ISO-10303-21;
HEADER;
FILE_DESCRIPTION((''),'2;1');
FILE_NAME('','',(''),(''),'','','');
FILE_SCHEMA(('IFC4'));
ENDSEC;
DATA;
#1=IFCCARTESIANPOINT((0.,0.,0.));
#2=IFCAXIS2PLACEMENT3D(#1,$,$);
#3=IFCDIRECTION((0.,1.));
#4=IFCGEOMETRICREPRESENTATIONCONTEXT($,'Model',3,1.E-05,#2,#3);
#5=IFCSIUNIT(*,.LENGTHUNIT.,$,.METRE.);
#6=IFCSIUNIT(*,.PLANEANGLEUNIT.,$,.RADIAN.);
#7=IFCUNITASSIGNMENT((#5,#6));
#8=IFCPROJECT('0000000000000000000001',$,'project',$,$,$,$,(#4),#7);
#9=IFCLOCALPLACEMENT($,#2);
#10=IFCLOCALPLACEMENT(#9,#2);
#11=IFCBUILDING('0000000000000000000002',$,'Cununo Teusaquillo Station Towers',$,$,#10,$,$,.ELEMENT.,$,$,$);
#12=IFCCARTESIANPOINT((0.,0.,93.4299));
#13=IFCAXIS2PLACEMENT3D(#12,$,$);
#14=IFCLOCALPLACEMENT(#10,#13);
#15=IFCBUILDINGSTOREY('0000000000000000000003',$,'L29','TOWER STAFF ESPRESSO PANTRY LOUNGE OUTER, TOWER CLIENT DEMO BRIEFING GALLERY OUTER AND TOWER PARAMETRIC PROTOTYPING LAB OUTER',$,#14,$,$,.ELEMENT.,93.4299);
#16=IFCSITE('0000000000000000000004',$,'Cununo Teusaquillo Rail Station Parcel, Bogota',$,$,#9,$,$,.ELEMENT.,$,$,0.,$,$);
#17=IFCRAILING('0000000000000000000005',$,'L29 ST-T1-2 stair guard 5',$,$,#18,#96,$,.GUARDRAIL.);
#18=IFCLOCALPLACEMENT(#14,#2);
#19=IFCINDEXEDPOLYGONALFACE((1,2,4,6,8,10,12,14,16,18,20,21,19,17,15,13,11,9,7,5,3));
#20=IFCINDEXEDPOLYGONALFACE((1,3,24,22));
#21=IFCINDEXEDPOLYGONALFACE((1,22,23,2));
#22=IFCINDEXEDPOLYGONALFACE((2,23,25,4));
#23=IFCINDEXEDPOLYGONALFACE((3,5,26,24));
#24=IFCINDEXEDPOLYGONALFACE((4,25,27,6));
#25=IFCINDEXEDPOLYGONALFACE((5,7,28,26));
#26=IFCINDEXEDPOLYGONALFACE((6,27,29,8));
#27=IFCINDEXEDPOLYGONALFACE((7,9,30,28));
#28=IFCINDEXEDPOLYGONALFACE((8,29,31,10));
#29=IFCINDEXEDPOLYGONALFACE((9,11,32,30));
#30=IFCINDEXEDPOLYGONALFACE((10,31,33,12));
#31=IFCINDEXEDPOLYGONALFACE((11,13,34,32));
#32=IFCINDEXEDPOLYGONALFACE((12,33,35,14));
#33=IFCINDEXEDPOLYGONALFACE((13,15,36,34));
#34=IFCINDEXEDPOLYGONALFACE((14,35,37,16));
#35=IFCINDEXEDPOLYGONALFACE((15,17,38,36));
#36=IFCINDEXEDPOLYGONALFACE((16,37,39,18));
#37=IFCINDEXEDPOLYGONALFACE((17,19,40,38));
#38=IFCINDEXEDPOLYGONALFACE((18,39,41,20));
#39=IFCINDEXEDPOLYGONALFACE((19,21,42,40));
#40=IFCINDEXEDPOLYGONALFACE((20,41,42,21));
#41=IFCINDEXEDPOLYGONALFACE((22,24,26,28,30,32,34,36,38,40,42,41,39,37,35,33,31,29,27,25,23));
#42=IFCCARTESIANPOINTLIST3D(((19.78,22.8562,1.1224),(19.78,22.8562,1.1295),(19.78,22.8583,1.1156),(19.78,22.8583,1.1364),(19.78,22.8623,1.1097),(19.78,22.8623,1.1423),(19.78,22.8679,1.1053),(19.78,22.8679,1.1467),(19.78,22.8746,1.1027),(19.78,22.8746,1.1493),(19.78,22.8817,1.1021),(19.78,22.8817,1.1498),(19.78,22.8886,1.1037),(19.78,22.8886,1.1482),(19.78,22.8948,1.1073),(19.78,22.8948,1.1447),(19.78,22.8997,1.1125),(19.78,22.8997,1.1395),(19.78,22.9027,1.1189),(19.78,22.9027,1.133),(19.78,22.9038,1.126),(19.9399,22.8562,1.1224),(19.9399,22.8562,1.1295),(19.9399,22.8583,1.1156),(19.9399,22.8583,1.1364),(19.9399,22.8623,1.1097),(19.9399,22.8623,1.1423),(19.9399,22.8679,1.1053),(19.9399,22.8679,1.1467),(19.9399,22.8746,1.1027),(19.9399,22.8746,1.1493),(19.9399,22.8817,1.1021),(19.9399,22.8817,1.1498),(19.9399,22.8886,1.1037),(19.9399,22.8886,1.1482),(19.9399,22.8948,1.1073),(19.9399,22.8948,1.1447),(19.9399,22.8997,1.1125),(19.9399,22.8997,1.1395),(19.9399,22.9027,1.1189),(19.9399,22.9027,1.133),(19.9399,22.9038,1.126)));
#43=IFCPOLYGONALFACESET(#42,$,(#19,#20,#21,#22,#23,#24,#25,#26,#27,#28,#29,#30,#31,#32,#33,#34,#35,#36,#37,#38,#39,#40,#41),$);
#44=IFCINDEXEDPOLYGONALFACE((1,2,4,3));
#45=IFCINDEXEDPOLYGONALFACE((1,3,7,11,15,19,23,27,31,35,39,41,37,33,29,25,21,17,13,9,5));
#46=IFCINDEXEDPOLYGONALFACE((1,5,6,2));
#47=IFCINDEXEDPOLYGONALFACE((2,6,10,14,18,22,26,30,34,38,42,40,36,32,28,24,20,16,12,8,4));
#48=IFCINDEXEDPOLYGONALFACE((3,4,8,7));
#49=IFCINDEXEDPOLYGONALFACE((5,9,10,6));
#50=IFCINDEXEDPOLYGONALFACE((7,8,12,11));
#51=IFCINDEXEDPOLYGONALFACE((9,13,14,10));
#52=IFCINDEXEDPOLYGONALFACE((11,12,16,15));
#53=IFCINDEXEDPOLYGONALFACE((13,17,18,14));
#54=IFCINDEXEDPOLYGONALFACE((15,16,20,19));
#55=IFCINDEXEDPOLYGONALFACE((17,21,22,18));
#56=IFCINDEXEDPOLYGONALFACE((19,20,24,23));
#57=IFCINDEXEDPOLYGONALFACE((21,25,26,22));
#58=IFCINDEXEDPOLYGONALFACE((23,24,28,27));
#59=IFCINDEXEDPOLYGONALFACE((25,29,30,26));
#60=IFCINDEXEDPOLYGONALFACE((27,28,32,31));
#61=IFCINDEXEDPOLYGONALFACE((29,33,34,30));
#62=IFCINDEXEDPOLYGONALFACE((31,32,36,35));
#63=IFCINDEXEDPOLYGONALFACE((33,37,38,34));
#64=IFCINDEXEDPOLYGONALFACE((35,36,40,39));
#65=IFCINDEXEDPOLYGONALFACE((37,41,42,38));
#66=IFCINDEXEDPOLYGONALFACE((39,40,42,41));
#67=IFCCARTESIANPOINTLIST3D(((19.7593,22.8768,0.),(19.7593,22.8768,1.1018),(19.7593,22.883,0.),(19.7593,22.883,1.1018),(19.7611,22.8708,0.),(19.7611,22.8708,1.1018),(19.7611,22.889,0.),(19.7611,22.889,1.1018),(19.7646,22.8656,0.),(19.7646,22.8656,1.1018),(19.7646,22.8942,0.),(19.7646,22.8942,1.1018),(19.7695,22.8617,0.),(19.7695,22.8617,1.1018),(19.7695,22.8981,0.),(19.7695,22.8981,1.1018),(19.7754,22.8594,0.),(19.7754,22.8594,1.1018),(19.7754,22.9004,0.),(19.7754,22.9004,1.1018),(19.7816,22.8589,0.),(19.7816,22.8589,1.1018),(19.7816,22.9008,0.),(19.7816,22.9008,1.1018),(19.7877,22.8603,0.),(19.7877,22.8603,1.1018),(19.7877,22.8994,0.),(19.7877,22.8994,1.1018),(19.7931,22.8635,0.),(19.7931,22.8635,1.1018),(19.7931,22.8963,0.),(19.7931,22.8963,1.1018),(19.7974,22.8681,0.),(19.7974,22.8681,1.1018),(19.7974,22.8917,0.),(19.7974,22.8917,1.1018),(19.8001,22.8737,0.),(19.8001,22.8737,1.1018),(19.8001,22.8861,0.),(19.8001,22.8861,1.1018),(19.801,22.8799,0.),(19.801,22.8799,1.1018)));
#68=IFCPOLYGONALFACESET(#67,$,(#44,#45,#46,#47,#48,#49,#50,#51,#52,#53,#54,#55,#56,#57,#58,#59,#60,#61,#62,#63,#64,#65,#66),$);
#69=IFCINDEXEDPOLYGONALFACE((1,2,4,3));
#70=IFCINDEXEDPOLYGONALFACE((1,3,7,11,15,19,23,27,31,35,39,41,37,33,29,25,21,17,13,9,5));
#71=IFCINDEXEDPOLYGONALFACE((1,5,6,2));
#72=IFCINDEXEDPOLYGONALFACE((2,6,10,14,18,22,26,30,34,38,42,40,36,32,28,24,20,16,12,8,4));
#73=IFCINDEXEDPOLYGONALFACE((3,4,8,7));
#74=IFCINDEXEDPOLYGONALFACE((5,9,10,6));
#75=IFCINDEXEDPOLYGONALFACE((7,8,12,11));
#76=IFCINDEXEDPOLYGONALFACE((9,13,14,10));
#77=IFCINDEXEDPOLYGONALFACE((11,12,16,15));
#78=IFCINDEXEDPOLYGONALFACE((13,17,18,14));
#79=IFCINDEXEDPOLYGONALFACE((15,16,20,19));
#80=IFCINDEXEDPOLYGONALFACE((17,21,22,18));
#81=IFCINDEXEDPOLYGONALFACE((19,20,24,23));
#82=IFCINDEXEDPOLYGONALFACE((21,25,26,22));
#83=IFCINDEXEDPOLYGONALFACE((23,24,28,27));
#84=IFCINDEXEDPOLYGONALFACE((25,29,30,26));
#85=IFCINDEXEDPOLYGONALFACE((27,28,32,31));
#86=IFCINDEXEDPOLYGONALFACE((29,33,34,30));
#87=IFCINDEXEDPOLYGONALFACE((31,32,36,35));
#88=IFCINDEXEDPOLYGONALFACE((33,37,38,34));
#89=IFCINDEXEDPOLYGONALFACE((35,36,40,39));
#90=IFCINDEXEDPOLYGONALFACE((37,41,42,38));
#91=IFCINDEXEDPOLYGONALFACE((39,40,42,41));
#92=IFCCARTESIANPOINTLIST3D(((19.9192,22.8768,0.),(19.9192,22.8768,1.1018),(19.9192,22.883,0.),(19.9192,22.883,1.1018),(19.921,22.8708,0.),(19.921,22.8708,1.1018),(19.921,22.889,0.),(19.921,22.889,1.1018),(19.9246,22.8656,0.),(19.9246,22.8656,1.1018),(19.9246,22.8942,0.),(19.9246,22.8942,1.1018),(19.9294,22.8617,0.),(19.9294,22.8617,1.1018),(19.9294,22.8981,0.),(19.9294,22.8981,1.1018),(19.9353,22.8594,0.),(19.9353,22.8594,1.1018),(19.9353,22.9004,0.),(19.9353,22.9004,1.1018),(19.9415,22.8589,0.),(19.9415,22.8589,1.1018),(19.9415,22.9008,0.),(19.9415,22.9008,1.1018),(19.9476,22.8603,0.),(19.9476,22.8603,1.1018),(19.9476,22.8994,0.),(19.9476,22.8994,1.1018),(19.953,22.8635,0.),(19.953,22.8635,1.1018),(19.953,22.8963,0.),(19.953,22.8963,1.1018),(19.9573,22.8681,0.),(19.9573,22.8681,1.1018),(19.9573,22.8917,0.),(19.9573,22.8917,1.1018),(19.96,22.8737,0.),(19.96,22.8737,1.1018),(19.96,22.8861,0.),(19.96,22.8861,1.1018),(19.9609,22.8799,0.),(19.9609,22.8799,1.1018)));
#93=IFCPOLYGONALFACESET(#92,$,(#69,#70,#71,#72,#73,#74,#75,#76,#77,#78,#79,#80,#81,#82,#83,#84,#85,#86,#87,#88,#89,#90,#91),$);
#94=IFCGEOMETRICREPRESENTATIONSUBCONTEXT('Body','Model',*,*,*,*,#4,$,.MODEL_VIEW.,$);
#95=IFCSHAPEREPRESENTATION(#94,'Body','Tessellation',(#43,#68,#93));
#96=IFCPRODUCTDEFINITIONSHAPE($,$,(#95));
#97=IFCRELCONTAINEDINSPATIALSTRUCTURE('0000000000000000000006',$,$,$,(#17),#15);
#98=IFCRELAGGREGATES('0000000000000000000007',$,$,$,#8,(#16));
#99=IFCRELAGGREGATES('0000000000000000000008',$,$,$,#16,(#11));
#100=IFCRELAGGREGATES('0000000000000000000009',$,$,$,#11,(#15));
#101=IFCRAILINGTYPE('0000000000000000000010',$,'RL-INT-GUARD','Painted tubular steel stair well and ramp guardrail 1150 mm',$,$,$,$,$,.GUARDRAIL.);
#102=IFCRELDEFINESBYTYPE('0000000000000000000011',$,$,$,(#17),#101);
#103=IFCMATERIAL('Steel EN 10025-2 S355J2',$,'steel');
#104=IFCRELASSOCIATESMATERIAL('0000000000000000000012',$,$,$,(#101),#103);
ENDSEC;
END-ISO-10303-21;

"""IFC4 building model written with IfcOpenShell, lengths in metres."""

from ifc_helpers import new_model, si_unit, direction, frame, origin, origin_2d, place, context, subcontext, project, spatial, circle, extrude, material, type_object, element, save


model = new_model("IFC4")

# Units and contexts
model_context = context("Model", 3, precision=1e-05, world=origin(), true_north=direction((0.0, 1.0)))
body_context = subcontext(model_context, "Body", "Model", "MODEL_VIEW")
ifc_project = project(units=[si_unit("LENGTHUNIT", "METRE"), si_unit("PLANEANGLEUNIT", "RADIAN")], contexts=[model_context])

# Site, building, storey
site_placement = place(None, origin())
site = spatial("IfcSite", under=ifc_project, at=site_placement, Name="Cununo Teusaquillo Rail Station Parcel, Bogota", CompositionType="ELEMENT", RefElevation=0.0)
building_placement = place(site_placement, origin())
building = spatial("IfcBuilding", under=site, at=building_placement, Name="Cununo Teusaquillo Station Towers", CompositionType="ELEMENT")
storey_placement = place(building_placement, frame((0.0, 0.0, 93.4299)))
storey = spatial("IfcBuildingStorey", under=building, at=storey_placement, Name="L29", Description="TOWER STAFF ESPRESSO PANTRY LOUNGE OUTER, TOWER CLIENT DEMO BRIEFING GALLERY OUTER AND TOWER PARAMETRIC PROTOTYPING LAB OUTER", CompositionType="ELEMENT", Elevation=93.4299)

# Railing
ifc_material_1 = material(Name="Steel EN 10025-2 S355J2", Category="steel")
railing_type_1 = type_object("IfcRailingType", Name="RL-INT-GUARD", Description="Painted tubular steel stair well and ramp guardrail 1150 mm", PredefinedType="GUARDRAIL", material=ifc_material_1)
railing_1_placement = place(storey_placement, frame((19.78, 22.8799, 0.0)))
element("IfcRailing", 1, at=railing_1_placement, inside=storey, type_object=railing_type_1, Name="L29 ST-T1-2 stair guard 5", PredefinedType="GUARDRAIL", context=body_context, shape_type="SweptSolid", body=[
    extrude(circle(Radius=0.0239, at=origin_2d()), frame((0.0, 0.0, 1.126), z_axis=(1.0, 0.0, 0.0), x_axis=(0.0, 1.0, 0.0)), (0.0, 0.0, 1.0), 0.1599),
    extrude(circle(Radius=0.021, at=origin_2d()), origin(), (0.0, 0.0, 1.0), 1.1018),
    extrude(circle(Radius=0.021, at=origin_2d()), frame((0.1599, 0.0, 0.0)), (0.0, 0.0, 1.0), 1.1018),
])

save(model, "model.ifc")
